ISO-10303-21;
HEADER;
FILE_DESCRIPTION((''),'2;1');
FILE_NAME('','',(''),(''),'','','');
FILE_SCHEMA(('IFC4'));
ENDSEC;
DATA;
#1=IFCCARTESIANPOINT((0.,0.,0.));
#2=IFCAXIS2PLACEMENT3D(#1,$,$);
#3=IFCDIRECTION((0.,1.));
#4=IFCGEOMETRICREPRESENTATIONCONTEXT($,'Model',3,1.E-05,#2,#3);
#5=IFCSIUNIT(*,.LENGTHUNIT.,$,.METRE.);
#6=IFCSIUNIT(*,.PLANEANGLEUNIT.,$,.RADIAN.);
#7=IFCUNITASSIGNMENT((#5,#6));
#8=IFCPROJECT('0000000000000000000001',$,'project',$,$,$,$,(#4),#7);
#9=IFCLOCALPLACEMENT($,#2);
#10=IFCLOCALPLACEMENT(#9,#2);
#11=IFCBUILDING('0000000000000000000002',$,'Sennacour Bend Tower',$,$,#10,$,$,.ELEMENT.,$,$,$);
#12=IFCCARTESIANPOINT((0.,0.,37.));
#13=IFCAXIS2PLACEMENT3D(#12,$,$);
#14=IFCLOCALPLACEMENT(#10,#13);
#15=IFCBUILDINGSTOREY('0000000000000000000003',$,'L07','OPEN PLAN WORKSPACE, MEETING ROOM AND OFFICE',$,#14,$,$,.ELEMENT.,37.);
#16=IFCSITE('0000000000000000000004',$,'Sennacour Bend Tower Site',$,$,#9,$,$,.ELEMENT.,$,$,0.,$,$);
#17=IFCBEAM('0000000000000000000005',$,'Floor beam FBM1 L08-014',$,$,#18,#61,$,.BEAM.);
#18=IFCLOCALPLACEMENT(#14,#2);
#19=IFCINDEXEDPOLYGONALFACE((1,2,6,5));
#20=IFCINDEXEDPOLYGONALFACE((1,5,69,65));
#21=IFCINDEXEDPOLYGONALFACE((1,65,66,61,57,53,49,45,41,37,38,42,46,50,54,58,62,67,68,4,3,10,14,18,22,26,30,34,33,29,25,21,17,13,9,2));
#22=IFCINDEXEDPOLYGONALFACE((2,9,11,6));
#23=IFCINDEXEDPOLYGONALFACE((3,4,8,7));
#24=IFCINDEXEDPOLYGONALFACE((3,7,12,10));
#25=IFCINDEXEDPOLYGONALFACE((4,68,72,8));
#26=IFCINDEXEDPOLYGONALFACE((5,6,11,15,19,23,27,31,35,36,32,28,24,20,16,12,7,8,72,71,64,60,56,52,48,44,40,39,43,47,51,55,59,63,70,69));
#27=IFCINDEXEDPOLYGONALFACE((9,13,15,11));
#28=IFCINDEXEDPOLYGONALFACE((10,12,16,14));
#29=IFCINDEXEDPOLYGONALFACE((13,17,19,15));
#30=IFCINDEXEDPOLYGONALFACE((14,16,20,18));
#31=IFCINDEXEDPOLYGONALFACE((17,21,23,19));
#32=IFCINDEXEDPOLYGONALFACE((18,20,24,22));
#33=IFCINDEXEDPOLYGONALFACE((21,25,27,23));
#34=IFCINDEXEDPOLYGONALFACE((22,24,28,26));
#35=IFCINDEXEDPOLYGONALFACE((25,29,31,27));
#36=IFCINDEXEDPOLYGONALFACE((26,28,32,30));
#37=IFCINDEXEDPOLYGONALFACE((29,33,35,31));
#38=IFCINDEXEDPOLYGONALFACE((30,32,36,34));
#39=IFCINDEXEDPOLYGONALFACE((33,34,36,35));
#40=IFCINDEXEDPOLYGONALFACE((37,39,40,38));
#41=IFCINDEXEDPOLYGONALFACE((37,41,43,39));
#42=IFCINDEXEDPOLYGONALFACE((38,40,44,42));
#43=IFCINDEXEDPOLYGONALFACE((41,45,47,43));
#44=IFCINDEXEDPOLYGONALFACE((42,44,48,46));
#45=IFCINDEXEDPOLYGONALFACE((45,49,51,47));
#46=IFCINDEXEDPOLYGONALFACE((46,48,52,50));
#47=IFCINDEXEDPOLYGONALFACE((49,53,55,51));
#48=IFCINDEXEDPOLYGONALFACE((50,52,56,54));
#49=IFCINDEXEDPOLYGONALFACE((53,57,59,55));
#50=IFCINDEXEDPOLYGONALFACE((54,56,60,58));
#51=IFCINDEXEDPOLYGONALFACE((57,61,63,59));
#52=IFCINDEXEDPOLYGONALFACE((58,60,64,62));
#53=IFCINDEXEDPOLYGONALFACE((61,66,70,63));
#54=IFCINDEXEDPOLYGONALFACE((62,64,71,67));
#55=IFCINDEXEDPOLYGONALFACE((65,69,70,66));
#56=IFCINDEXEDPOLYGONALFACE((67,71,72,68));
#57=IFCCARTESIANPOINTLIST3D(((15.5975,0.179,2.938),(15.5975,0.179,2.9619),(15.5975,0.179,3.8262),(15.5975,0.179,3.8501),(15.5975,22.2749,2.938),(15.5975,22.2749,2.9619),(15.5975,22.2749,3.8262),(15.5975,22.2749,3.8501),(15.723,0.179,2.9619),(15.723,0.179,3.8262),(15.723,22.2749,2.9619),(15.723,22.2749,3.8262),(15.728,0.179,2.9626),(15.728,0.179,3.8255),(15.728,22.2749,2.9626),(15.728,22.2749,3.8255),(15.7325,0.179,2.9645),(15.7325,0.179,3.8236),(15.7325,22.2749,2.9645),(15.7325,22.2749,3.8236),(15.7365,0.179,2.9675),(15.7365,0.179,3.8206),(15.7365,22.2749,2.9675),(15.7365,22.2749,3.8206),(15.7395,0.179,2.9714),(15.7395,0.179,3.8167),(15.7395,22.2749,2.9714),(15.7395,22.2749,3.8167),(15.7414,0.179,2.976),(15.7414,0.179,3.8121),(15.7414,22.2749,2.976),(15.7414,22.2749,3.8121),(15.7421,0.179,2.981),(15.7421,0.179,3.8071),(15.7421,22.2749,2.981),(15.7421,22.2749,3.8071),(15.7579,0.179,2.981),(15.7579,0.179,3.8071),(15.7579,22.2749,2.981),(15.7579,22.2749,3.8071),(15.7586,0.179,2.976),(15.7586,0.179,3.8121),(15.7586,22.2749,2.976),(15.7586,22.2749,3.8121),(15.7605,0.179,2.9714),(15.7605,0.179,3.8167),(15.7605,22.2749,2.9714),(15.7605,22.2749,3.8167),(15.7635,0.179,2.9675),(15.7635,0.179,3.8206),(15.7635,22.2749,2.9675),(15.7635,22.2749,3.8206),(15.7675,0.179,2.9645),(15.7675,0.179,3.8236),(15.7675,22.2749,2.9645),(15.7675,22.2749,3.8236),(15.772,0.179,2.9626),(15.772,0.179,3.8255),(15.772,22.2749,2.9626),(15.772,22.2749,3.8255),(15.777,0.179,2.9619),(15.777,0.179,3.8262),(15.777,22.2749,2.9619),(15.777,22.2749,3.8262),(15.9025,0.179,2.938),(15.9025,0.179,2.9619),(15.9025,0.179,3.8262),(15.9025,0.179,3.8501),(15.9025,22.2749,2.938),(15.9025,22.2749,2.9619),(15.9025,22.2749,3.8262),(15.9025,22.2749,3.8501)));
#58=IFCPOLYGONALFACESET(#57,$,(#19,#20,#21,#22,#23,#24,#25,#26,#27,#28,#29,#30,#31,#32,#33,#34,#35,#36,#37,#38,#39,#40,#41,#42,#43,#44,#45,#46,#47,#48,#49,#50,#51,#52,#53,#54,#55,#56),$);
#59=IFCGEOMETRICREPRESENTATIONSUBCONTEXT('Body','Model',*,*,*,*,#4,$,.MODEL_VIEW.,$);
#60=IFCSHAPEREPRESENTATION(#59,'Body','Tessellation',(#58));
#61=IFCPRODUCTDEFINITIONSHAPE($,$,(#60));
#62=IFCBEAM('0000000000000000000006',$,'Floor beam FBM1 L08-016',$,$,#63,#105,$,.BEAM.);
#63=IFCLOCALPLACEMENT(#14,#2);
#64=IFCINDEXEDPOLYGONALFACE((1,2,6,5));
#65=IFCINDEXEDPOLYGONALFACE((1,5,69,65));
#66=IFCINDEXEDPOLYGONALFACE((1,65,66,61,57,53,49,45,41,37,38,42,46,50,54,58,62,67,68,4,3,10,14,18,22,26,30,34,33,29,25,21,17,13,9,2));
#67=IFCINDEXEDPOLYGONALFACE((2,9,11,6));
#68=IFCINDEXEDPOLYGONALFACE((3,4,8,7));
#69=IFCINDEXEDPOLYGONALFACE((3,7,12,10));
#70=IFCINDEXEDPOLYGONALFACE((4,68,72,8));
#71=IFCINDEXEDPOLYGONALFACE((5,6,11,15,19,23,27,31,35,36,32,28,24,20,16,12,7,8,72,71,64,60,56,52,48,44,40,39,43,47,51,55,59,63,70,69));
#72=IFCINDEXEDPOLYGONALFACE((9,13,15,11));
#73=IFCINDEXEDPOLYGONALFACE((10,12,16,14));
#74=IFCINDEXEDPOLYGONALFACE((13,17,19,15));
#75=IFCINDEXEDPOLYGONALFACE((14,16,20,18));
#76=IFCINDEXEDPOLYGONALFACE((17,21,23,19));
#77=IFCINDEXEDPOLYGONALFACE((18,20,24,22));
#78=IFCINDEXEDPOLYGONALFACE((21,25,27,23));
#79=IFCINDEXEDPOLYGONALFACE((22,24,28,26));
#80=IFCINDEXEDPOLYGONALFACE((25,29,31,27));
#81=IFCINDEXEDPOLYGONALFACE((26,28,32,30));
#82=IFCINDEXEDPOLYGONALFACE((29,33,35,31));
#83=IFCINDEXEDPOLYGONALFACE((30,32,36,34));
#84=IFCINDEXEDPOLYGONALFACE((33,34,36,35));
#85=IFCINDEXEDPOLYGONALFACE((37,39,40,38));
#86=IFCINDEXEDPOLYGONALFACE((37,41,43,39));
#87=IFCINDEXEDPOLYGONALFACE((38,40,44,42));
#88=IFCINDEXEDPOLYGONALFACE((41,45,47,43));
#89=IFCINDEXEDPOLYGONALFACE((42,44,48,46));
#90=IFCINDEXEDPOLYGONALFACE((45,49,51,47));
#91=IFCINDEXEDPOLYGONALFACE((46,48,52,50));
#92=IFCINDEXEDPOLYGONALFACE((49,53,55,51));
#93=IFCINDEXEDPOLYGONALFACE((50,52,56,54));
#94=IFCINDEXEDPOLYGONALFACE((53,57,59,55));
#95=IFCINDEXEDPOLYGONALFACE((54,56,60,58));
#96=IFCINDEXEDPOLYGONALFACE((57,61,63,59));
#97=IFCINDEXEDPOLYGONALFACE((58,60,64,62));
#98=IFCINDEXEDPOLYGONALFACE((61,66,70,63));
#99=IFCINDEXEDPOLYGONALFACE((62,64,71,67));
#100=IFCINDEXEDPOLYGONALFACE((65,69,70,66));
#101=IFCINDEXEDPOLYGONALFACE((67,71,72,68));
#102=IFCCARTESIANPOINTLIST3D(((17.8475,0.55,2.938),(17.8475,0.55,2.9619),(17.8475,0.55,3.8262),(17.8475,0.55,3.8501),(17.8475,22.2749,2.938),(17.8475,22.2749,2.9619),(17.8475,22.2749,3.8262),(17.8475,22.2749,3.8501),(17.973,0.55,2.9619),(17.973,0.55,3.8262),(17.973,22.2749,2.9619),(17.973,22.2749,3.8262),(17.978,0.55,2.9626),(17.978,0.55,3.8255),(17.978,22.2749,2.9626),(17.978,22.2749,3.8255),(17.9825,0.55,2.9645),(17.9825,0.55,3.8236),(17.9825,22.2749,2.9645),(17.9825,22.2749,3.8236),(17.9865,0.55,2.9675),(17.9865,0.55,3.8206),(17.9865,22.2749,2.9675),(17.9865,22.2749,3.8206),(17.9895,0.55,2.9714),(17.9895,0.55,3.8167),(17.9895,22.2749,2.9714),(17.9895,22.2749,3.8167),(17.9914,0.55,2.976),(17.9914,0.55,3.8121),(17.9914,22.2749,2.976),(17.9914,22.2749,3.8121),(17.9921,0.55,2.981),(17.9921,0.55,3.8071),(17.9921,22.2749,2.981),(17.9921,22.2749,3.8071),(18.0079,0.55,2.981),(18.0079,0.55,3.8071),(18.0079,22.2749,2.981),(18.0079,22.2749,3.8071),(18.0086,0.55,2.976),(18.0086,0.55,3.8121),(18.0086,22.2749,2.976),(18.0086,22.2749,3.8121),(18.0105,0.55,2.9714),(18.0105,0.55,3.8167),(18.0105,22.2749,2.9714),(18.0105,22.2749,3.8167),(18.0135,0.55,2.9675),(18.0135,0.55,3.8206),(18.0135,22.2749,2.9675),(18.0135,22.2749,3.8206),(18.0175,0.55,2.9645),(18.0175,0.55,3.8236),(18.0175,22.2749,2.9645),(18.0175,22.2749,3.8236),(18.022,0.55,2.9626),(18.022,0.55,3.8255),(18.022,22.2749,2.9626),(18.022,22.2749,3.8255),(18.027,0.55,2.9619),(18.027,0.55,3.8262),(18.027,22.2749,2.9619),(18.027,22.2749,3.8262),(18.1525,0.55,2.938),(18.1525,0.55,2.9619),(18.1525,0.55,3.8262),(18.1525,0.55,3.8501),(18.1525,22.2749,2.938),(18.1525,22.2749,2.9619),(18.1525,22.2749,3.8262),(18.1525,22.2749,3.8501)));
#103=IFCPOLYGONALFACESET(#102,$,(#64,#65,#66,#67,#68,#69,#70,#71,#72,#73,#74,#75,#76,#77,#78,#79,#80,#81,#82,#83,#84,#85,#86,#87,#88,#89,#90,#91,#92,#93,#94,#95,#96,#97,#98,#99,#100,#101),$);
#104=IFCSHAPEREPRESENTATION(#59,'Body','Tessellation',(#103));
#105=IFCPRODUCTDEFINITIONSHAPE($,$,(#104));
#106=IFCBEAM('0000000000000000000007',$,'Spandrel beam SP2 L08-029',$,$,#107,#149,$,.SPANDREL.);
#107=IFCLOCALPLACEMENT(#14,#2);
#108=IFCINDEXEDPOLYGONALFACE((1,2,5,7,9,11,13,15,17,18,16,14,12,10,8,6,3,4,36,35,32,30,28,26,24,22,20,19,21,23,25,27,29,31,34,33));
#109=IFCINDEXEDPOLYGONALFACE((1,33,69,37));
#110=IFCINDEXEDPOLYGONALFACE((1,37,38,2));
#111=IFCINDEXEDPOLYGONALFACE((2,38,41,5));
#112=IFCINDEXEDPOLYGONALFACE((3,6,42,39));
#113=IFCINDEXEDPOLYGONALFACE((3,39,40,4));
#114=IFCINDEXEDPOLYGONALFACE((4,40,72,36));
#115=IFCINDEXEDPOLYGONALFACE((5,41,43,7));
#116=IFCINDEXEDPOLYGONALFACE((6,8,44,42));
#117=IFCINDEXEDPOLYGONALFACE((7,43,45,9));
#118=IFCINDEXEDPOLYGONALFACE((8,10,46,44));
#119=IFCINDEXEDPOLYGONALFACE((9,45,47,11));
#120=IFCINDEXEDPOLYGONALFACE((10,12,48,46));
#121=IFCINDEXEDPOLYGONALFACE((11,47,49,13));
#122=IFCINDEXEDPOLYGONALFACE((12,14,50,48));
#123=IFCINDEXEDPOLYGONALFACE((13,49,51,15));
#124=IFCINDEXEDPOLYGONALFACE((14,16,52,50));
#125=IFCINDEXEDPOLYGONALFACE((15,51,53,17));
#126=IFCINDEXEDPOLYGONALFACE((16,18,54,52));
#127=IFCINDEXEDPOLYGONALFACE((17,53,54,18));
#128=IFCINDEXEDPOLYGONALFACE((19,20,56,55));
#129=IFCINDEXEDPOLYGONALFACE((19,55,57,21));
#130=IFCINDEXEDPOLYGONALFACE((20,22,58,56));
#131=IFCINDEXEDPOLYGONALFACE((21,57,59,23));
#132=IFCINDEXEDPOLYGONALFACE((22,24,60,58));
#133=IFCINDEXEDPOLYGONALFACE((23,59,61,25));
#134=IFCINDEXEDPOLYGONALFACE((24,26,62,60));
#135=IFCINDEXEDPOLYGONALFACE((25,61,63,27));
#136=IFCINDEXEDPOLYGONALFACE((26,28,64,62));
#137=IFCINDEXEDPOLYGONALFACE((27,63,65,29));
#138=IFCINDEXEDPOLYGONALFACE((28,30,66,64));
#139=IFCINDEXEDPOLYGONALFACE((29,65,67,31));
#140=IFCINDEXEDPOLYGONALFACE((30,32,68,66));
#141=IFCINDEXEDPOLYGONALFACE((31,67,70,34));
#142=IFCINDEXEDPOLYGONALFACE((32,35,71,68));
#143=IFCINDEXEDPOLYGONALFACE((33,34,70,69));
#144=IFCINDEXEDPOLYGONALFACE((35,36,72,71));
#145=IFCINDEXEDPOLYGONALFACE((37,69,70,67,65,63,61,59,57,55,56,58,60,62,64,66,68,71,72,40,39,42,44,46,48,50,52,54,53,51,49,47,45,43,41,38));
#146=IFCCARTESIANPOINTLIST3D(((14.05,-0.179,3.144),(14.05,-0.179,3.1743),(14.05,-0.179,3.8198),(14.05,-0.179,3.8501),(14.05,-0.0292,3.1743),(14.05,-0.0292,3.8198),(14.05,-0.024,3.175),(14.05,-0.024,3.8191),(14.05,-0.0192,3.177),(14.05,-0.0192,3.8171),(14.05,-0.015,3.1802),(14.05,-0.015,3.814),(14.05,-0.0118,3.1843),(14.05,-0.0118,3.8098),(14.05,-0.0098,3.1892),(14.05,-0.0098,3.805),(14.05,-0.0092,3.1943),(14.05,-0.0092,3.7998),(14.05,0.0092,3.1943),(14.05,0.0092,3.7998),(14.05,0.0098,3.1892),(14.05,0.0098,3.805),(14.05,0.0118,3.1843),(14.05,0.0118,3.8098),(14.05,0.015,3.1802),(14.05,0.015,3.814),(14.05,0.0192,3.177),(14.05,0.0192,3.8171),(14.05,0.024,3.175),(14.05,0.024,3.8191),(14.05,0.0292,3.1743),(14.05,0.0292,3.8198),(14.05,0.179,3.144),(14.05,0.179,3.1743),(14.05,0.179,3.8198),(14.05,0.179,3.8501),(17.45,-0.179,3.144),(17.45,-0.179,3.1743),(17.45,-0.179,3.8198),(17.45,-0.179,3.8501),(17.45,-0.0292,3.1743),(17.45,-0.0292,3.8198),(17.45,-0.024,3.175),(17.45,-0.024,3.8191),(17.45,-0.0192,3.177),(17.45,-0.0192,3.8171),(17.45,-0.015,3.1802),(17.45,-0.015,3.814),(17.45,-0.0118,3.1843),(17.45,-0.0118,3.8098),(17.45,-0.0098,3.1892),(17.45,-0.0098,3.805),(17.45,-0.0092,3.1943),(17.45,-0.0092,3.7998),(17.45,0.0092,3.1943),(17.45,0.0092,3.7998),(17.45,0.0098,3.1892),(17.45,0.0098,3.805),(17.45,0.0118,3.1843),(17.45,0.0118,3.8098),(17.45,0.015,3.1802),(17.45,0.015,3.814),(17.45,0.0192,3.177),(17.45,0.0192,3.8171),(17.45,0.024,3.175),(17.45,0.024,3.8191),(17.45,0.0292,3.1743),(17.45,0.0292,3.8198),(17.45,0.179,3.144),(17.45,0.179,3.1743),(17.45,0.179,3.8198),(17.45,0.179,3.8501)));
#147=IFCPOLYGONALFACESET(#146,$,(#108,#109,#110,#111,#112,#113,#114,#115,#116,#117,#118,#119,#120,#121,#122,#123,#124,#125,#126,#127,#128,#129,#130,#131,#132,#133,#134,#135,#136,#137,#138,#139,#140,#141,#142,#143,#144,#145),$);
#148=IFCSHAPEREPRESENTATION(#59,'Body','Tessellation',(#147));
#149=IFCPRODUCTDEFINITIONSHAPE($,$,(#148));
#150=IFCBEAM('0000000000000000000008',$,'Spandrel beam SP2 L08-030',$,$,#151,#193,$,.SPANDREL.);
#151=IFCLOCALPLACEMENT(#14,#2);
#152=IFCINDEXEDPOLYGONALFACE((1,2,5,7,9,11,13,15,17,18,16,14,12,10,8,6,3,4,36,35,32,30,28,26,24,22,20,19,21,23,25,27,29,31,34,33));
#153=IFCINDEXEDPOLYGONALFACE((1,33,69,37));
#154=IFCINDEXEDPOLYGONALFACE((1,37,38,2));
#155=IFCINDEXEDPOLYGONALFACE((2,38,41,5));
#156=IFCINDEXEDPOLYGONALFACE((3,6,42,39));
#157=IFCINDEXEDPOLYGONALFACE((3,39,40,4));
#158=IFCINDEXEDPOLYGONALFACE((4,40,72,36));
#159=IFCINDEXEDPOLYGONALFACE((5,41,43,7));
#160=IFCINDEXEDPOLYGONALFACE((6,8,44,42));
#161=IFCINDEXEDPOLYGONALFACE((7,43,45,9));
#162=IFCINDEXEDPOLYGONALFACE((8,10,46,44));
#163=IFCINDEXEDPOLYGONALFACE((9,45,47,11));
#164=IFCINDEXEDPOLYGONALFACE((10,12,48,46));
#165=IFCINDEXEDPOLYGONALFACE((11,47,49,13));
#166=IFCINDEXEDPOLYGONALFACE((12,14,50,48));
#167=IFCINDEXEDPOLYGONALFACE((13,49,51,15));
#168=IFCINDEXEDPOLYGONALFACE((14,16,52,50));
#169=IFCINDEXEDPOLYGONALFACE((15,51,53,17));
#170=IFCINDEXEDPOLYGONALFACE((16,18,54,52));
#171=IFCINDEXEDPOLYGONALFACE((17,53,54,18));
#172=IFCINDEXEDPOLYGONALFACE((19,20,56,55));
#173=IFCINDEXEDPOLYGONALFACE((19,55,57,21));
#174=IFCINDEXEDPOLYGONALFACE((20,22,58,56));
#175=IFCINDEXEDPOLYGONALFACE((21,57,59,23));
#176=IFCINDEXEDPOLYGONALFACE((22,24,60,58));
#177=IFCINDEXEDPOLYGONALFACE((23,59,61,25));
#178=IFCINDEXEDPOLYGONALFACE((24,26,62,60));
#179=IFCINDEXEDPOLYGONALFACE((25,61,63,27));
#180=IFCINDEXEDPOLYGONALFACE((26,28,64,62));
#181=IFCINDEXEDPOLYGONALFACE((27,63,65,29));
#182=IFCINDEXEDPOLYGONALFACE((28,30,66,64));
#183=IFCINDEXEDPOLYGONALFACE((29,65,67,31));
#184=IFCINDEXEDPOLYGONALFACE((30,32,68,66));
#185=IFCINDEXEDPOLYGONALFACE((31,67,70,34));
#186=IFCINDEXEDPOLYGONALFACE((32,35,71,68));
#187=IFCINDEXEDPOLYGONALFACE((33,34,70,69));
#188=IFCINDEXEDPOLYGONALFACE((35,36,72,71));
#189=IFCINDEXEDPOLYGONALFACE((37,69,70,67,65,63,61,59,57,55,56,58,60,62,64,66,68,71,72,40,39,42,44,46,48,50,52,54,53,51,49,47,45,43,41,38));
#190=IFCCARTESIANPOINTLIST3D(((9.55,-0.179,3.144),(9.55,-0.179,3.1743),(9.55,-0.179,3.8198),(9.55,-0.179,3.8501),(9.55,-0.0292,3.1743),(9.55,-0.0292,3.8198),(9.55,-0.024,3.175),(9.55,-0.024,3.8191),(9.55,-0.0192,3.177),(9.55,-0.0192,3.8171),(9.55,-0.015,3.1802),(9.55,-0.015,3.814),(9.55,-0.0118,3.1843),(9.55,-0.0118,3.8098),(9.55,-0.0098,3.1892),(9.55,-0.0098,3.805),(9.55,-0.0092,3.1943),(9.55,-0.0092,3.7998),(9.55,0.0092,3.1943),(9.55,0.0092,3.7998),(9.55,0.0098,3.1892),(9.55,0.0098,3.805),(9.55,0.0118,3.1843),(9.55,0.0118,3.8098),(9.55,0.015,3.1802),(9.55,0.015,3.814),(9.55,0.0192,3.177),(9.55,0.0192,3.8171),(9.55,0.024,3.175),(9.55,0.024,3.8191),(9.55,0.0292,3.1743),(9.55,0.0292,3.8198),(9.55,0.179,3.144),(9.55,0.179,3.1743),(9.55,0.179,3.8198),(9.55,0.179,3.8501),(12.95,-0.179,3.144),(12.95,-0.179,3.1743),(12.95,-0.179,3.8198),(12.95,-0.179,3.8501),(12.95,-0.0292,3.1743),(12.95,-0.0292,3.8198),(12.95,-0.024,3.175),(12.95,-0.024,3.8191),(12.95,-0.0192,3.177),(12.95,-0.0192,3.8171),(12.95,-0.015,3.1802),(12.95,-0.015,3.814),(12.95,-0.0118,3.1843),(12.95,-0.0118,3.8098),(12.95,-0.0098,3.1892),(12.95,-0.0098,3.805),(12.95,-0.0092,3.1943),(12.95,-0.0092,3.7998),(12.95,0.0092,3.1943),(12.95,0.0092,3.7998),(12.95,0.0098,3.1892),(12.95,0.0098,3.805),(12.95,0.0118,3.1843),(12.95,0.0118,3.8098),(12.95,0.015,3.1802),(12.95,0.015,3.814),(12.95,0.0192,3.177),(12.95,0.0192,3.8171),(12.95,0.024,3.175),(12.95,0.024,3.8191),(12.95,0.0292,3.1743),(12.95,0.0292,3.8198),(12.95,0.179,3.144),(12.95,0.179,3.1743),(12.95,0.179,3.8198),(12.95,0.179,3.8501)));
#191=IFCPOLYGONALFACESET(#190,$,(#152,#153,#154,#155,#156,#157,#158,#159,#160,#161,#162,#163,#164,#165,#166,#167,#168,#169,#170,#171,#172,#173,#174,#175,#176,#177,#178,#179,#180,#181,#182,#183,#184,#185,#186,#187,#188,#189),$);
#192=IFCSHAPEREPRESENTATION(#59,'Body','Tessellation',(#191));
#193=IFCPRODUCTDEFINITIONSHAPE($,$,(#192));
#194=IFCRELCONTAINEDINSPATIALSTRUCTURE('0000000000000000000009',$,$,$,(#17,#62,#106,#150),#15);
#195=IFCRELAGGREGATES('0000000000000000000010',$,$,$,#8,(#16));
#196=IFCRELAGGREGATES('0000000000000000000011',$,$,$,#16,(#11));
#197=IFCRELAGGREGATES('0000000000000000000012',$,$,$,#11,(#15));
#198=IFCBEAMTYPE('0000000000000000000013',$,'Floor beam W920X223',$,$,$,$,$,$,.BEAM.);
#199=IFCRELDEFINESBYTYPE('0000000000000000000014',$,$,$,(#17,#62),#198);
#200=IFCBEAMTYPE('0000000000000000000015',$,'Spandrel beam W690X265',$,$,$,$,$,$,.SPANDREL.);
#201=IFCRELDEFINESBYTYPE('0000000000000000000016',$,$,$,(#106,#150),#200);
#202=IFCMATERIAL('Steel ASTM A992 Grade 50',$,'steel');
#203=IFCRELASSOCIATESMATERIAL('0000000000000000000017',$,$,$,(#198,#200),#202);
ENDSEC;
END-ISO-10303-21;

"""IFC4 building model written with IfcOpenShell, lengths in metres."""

from ifc_helpers import new_model, si_unit, direction, frame, origin, origin_2d, place, context, subcontext, project, spatial, i_section, extrude, material, material_profile, profile_set, type_object, element, save


model = new_model("IFC4")

# Units and contexts
model_context = context("Model", 3, precision=1e-05, world=origin(), true_north=direction((0.0, 1.0)))
body_context = subcontext(model_context, "Body", "Model", "MODEL_VIEW")
ifc_project = project(units=[si_unit("LENGTHUNIT", "METRE"), si_unit("PLANEANGLEUNIT", "RADIAN")], contexts=[model_context])

# Site, building, storey
site_placement = place(None, origin())
site = spatial("IfcSite", under=ifc_project, at=site_placement, Name="Sennacour Bend Tower Site", CompositionType="ELEMENT", RefElevation=0.0)
building_placement = place(site_placement, origin())
building = spatial("IfcBuilding", under=site, at=building_placement, Name="Sennacour Bend Tower", CompositionType="ELEMENT")
storey_placement = place(building_placement, frame((0.0, 0.0, 37.0)))
storey = spatial("IfcBuildingStorey", under=building, at=storey_placement, Name="L07", Description="OPEN PLAN WORKSPACE, MEETING ROOM AND OFFICE", CompositionType="ELEMENT", Elevation=37.0)

# Beams
ifc_material_1 = material(Name="Steel ASTM A992 Grade 50", Category="steel")
ifc_material_profile_1 = material_profile(ifc_material_1, i_section(OverallWidth=0.3049, OverallDepth=0.9121, WebThickness=0.0159, FlangeThickness=0.0239, FilletRadius=0.019, at=origin_2d()), Name="Steel ASTM A992 Grade 50", Category="steel")
ifc_profile_set_1 = profile_set([ifc_material_profile_1], Name="Steel ASTM A992 Grade 50")
beam_type_1 = type_object("IfcBeamType", Name="Floor beam W920X223", PredefinedType="BEAM", material=ifc_profile_set_1)
beam_1_placement = place(storey_placement, frame((15.75, 0.179, 3.394), z_axis=(0.0, 1.0, 0.0), x_axis=(-1.0, 0.0, 0.0)))
element("IfcBeam", 1, at=beam_1_placement, inside=storey, type_object=beam_type_1, Name="Floor beam FBM1 L08-014", PredefinedType="BEAM", context=body_context, shape_type="SweptSolid", body=[
    extrude(i_section(OverallWidth=0.3049, OverallDepth=0.9121, WebThickness=0.0159, FlangeThickness=0.0239, FilletRadius=0.019, at=origin_2d()), origin(), (0.0, 0.0, 1.0), 22.0959),
])
beam_2_placement = place(storey_placement, frame((18.0, 0.55, 3.394), z_axis=(0.0, 1.0, 0.0), x_axis=(-1.0, 0.0, 0.0)))
element("IfcBeam", 2, at=beam_2_placement, inside=storey, type_object=beam_type_1, Name="Floor beam FBM1 L08-016", PredefinedType="BEAM", context=body_context, shape_type="SweptSolid", body=[
    extrude(i_section(OverallWidth=0.3049, OverallDepth=0.9121, WebThickness=0.0159, FlangeThickness=0.0239, FilletRadius=0.019, at=origin_2d()), origin(), (0.0, 0.0, 1.0), 21.7249),
])
ifc_material_profile_2 = material_profile(ifc_material_1, i_section(OverallWidth=0.3579, OverallDepth=0.7061, WebThickness=0.0183, FlangeThickness=0.0303, FilletRadius=0.02, at=origin_2d()), Name="Steel ASTM A992 Grade 50", Category="steel")
ifc_profile_set_2 = profile_set([ifc_material_profile_2], Name="Steel ASTM A992 Grade 50")
beam_type_2 = type_object("IfcBeamType", Name="Spandrel beam W690X265", PredefinedType="SPANDREL", material=ifc_profile_set_2)
for number, where, z_axis, x_axis, name in (
    (3, (17.45, 0.0, 3.4971), (-1.0, 0.0, 0.0), (0.0, -1.0, 0.0), "Spandrel beam SP2 L08-029"),
    (4, (12.95, 0.0, 3.4971), (-1.0, 0.0, 0.0), (0.0, -1.0, 0.0), "Spandrel beam SP2 L08-030"),
):
    element("IfcBeam", number, at=place(storey_placement, frame(where, z_axis=z_axis, x_axis=x_axis)), inside=storey, type_object=beam_type_2, Name=name, PredefinedType="SPANDREL", context=body_context, shape_type="SweptSolid", body=[
        extrude(i_section(OverallWidth=0.3579, OverallDepth=0.7061, WebThickness=0.0183, FlangeThickness=0.0303, FilletRadius=0.02, at=origin_2d()), origin(), (0.0, 0.0, 1.0), 3.3999),
    ])

save(model, "model.ifc")
